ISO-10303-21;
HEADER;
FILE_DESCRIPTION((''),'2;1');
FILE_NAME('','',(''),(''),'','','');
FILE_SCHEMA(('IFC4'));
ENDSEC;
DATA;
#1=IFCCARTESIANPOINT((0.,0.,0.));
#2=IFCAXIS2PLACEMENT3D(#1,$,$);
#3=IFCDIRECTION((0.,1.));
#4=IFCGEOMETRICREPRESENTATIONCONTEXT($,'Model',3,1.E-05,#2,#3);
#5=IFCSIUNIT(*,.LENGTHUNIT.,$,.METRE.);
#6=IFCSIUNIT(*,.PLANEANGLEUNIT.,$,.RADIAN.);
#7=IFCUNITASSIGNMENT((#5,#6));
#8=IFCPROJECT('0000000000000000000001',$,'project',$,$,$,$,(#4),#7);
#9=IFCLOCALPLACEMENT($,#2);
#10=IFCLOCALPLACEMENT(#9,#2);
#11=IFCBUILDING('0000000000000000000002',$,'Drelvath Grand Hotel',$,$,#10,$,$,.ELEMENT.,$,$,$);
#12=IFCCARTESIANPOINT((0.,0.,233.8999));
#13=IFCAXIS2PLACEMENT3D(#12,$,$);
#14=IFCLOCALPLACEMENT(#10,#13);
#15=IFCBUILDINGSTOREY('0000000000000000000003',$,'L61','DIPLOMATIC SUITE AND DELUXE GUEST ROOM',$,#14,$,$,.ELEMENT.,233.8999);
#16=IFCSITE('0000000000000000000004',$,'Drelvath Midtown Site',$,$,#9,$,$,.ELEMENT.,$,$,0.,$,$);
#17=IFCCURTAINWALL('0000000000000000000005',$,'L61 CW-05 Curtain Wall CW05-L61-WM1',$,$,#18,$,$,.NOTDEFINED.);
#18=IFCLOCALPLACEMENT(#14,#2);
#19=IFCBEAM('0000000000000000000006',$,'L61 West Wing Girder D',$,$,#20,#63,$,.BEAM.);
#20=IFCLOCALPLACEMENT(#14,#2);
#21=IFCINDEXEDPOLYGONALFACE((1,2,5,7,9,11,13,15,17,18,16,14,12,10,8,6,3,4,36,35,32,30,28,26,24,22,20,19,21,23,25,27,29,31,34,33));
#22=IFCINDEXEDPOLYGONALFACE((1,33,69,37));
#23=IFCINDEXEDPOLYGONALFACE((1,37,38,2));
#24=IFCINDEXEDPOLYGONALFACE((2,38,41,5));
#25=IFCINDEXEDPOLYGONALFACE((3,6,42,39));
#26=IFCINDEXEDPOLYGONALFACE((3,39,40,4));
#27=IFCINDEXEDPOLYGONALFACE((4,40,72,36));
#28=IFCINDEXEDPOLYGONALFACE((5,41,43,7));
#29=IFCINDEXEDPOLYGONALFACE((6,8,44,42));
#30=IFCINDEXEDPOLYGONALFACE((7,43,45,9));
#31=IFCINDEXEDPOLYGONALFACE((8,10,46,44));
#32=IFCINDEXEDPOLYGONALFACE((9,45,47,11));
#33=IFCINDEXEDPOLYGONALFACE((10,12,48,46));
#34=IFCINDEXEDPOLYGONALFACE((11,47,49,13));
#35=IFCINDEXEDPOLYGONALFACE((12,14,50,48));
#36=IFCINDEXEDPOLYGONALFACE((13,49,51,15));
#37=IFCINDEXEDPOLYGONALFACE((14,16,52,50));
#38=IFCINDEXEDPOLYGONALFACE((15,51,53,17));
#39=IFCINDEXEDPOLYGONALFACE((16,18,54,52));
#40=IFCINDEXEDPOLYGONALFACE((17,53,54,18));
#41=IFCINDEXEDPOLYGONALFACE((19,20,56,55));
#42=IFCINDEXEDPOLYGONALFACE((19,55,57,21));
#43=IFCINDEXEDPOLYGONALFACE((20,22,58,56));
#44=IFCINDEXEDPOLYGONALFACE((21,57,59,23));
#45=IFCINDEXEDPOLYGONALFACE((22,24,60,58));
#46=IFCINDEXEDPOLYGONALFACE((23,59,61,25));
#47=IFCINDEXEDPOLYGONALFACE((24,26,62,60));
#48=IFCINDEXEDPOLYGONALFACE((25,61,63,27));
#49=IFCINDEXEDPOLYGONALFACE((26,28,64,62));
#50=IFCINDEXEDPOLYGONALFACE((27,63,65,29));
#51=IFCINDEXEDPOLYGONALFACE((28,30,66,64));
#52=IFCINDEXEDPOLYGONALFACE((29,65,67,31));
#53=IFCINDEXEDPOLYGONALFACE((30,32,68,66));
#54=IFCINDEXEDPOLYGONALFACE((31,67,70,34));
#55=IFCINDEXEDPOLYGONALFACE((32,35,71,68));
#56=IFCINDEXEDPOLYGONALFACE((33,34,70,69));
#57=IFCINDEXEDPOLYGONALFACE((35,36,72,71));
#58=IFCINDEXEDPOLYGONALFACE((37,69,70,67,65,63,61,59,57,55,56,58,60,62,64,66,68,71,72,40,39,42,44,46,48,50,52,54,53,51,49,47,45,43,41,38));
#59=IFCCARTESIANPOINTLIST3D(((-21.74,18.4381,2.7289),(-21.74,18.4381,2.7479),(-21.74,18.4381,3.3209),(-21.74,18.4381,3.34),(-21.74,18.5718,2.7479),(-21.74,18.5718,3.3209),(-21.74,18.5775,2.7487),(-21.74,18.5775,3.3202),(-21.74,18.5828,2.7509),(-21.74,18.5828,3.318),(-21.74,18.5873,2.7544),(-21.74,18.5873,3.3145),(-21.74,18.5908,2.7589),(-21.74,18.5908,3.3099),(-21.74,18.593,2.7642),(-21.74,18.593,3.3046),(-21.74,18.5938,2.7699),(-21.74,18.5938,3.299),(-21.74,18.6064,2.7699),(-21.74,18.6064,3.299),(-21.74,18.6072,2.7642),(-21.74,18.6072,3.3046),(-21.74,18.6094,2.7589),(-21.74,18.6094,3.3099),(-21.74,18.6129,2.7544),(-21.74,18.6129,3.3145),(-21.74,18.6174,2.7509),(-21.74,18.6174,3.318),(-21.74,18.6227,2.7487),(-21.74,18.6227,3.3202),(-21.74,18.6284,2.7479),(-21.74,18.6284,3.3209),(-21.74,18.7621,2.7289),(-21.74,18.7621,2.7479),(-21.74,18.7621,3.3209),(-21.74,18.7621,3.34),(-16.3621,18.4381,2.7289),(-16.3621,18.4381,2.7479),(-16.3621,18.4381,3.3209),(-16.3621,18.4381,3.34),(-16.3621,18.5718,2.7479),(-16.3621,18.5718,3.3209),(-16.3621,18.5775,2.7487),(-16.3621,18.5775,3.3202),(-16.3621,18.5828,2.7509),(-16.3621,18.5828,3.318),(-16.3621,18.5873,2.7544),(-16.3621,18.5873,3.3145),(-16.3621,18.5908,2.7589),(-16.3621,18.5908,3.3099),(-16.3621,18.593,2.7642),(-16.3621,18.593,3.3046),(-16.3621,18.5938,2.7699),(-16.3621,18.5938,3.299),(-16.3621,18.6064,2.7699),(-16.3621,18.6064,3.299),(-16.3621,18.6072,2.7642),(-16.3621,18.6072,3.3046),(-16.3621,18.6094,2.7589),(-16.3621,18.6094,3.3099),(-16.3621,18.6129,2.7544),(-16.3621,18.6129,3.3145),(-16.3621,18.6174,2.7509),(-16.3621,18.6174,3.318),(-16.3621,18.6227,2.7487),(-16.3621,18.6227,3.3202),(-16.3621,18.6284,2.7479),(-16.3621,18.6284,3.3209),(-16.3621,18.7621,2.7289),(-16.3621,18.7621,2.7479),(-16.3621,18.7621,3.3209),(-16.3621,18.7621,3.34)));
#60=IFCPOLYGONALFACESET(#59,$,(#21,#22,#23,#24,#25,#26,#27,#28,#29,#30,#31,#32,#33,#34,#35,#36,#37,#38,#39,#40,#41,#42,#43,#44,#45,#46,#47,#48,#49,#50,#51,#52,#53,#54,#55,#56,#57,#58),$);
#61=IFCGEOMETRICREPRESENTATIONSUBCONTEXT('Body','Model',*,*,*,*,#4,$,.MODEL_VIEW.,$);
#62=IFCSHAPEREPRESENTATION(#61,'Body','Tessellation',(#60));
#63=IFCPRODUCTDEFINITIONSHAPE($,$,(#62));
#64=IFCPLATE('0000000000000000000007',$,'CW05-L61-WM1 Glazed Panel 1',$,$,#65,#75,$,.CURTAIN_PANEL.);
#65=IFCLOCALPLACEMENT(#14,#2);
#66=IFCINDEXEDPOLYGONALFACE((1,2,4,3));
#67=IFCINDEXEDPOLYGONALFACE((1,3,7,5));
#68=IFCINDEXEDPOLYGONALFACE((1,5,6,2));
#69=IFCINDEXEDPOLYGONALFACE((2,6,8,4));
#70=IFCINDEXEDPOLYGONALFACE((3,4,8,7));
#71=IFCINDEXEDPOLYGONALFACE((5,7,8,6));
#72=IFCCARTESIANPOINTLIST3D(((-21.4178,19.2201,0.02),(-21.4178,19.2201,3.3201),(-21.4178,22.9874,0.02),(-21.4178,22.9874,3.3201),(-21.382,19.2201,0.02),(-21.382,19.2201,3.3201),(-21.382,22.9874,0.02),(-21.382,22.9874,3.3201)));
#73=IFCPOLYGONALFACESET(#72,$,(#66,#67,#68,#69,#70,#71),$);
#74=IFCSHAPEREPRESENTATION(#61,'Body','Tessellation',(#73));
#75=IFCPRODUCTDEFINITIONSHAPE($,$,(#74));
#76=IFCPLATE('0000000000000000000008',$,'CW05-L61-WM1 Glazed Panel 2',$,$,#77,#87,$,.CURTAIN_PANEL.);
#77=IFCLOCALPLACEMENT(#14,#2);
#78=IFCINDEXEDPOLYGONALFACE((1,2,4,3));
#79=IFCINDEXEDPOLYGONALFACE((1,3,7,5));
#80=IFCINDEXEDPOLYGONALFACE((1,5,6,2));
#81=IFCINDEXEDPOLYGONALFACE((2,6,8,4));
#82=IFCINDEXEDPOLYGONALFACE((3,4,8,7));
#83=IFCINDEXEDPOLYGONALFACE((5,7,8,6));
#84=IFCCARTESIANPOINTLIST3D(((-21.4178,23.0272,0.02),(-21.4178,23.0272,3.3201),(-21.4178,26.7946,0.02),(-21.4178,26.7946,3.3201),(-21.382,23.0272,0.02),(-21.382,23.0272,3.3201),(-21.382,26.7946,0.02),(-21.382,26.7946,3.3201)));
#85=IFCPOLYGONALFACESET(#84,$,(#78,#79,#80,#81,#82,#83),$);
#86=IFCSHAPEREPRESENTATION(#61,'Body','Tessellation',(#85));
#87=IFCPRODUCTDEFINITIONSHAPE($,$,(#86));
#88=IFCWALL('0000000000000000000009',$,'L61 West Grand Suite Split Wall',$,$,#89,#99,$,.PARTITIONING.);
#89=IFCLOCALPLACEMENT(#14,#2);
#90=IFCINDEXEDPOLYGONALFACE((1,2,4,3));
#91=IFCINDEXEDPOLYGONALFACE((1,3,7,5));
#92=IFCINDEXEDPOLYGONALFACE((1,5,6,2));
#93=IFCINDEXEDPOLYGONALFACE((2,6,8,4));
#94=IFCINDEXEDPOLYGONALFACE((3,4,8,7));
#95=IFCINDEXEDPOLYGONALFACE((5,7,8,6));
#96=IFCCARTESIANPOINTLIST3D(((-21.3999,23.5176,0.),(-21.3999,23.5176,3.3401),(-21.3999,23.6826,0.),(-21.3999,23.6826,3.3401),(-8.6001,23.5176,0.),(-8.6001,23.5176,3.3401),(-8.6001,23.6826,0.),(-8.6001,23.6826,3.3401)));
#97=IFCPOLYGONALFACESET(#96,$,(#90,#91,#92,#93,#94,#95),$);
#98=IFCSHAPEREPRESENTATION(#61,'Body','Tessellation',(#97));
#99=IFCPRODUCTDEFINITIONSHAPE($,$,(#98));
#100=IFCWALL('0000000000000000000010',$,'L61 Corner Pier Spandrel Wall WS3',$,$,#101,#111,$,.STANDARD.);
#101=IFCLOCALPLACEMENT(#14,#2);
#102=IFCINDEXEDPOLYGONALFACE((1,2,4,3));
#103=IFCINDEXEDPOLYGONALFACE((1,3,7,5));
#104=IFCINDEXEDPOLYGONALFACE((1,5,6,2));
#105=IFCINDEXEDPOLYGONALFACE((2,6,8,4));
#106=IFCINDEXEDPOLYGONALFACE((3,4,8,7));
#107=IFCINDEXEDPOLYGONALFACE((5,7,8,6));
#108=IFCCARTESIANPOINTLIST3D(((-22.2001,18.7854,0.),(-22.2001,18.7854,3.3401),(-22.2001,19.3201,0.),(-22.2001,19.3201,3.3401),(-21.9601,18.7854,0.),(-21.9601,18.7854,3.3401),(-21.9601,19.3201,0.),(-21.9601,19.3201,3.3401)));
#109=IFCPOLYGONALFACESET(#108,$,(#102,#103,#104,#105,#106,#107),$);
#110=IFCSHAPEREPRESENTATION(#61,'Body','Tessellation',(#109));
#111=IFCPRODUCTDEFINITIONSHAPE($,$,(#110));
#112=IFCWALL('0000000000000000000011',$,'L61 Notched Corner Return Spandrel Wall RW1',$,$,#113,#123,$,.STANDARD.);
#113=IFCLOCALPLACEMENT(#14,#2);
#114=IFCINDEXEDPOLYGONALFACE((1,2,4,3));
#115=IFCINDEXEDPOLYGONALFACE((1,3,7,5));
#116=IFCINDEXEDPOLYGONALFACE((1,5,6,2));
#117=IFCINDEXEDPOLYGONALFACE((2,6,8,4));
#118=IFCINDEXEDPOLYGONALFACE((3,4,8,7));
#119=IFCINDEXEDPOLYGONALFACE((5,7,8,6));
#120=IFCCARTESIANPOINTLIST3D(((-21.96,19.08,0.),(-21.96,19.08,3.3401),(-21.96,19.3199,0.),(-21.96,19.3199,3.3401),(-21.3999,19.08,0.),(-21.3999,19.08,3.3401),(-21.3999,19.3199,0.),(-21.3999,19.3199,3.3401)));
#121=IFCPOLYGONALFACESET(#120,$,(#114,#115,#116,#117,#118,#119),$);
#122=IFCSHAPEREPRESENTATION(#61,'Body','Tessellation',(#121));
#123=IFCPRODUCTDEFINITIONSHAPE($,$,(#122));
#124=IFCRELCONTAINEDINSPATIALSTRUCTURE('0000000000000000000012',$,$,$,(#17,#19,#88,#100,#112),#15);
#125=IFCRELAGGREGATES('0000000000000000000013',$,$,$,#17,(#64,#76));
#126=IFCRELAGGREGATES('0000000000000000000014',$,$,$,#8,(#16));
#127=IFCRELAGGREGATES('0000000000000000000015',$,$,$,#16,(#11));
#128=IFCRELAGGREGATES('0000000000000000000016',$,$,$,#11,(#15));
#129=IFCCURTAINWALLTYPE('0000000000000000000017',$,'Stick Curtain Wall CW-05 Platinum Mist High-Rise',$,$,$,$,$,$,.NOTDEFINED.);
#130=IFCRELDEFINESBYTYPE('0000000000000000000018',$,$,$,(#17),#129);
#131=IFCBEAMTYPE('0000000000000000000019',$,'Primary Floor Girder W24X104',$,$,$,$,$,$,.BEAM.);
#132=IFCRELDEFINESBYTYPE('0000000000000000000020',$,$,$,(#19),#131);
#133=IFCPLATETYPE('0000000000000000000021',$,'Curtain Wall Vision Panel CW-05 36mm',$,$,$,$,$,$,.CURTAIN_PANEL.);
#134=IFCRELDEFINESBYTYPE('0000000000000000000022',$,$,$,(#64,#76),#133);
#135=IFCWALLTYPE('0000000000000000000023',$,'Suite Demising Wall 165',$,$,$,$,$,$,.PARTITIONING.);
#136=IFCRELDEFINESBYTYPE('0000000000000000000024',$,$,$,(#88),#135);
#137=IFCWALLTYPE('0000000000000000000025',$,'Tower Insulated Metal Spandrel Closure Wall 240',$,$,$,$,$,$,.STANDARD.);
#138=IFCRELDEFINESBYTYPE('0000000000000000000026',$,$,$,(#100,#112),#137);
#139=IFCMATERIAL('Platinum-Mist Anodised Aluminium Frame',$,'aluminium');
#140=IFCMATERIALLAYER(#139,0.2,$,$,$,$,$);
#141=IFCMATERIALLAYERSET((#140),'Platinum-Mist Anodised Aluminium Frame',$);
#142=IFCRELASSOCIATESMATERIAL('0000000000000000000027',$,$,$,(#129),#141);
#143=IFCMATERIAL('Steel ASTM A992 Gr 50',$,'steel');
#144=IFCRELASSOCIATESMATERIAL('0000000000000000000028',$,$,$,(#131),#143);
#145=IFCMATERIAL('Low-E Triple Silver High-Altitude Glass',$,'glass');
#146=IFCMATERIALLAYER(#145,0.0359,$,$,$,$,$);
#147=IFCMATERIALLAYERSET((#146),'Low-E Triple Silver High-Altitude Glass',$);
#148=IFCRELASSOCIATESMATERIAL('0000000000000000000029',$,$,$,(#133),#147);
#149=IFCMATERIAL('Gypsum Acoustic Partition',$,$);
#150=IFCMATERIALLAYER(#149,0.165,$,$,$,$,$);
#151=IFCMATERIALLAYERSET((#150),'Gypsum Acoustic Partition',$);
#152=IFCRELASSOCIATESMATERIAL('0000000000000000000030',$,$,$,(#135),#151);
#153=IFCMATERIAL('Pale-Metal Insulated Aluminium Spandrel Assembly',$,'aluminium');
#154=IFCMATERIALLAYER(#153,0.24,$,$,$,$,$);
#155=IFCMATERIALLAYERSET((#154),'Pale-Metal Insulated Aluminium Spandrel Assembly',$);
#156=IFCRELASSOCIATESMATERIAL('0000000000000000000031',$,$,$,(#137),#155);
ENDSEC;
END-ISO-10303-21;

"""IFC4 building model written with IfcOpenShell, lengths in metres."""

from ifc_helpers import new_model, si_unit, direction, frame, frame_2d, origin, origin_2d, place, context, subcontext, project, spatial, rectangle, i_section, extrude, material, layer, layer_set, material_profile, profile_set, type_object, element, aggregate, save


model = new_model("IFC4")

# Units and contexts
model_context = context("Model", 3, precision=1e-05, world=origin(), true_north=direction((0.0, 1.0)))
body_context = subcontext(model_context, "Body", "Model", "MODEL_VIEW")
ifc_project = project(units=[si_unit("LENGTHUNIT", "METRE"), si_unit("PLANEANGLEUNIT", "RADIAN")], contexts=[model_context])

# Site, building, storey
site_placement = place(None, origin())
site = spatial("IfcSite", under=ifc_project, at=site_placement, Name="Drelvath Midtown Site", CompositionType="ELEMENT", RefElevation=0.0)
building_placement = place(site_placement, origin())
building = spatial("IfcBuilding", under=site, at=building_placement, Name="Drelvath Grand Hotel", CompositionType="ELEMENT")
storey_placement = place(building_placement, frame((0.0, 0.0, 233.8999)))
storey = spatial("IfcBuildingStorey", under=building, at=storey_placement, Name="L61", Description="DIPLOMATIC SUITE AND DELUXE GUEST ROOM", CompositionType="ELEMENT", Elevation=233.8999)

# Curtain wall
ifc_material_1 = material(Name="Platinum-Mist Anodised Aluminium Frame", Category="aluminium")
ifc_layer_1 = layer(ifc_material_1, 0.2)
ifc_layer_set_1 = layer_set([ifc_layer_1], Name="Platinum-Mist Anodised Aluminium Frame")
curtain_wall_type = type_object("IfcCurtainWallType", Name="Stick Curtain Wall CW-05 Platinum Mist High-Rise", PredefinedType="NOTDEFINED", material=ifc_layer_set_1)
curtain_wall_placement = place(storey_placement, origin())
curtain_wall = element("IfcCurtainWall", 1, at=curtain_wall_placement, inside=storey, type_object=curtain_wall_type, Name="L61 CW-05 Curtain Wall CW05-L61-WM1", PredefinedType="NOTDEFINED")

# Beam
ifc_material_2 = material(Name="Steel ASTM A992 Gr 50", Category="steel")
ifc_material_profile_1 = material_profile(ifc_material_2, i_section(OverallWidth=0.324, OverallDepth=0.6111, WebThickness=0.0127, FlangeThickness=0.019, FilletRadius=0.022, at=origin_2d()), Name="W24X104")
ifc_profile_set_1 = profile_set([ifc_material_profile_1], Name="Steel ASTM A992 Gr 50")
beam_type_1 = type_object("IfcBeamType", Name="Primary Floor Girder W24X104", PredefinedType="BEAM", material=ifc_profile_set_1)
beam_1_placement = place(storey_placement, frame((-21.74, 18.6001, 3.0344), z_axis=(1.0, 0.0, 0.0), x_axis=(0.0, 1.0, 0.0)))
element("IfcBeam", 2, at=beam_1_placement, inside=storey, type_object=beam_type_1, Name="L61 West Wing Girder D", PredefinedType="BEAM", context=body_context, shape_type="SweptSolid", body=[
    extrude(i_section(OverallWidth=0.324, OverallDepth=0.6111, WebThickness=0.0127, FlangeThickness=0.019, FilletRadius=0.022, at=origin_2d()), origin(), (0.0, 0.0, 1.0), 5.3779),
])

# Plates
ifc_material_3 = material(Name="Low-E Triple Silver High-Altitude Glass", Category="glass")
ifc_layer_2 = layer(ifc_material_3, 0.0359)
ifc_layer_set_2 = layer_set([ifc_layer_2], Name="Low-E Triple Silver High-Altitude Glass")
plate_type = type_object("IfcPlateType", Name="Curtain Wall Vision Panel CW-05 36mm", PredefinedType="CURTAIN_PANEL", material=ifc_layer_set_2)
plate_1_placement = place(storey_placement, frame((-21.3999, 21.1038, 0.02), z_axis=(0.0, 0.0, 1.0), x_axis=(0.0, 1.0, 0.0)))
plate_1 = element("IfcPlate", 3, at=plate_1_placement, type_object=plate_type, Name="CW05-L61-WM1 Glazed Panel 1", PredefinedType="CURTAIN_PANEL", context=body_context, shape_type="SweptSolid", body=[
    extrude(rectangle(XDim=3.7673, YDim=0.0359, at=origin_2d()), origin(), (0.0, 0.0, 1.0), 3.3),
])
plate_2_placement = place(storey_placement, frame((-21.3999, 24.9109, 0.02), z_axis=(0.0, 0.0, 1.0), x_axis=(0.0, 1.0, 0.0)))
plate_2 = element("IfcPlate", 4, at=plate_2_placement, type_object=plate_type, Name="CW05-L61-WM1 Glazed Panel 2", PredefinedType="CURTAIN_PANEL", context=body_context, shape_type="SweptSolid", body=[
    extrude(rectangle(XDim=3.7673, YDim=0.0359, at=origin_2d()), origin(), (0.0, 0.0, 1.0), 3.3),
])
aggregate(curtain_wall, [plate_1, plate_2])

# Walls
ifc_material_4 = material(Name="Gypsum Acoustic Partition")
ifc_layer_3 = layer(ifc_material_4, 0.165)
ifc_layer_set_3 = layer_set([ifc_layer_3], Name="Gypsum Acoustic Partition")
wall_type_1 = type_object("IfcWallType", Name="Suite Demising Wall 165", PredefinedType="PARTITIONING", material=ifc_layer_set_3)
wall_1_placement = place(storey_placement, frame((-21.3999, 23.6001, 0.0), z_axis=(0.0, 0.0, 1.0), x_axis=(1.0, 0.0, 0.0)))
element("IfcWall", 5, at=wall_1_placement, inside=storey, type_object=wall_type_1, Name="L61 West Grand Suite Split Wall", PredefinedType="PARTITIONING", context=body_context, shape_type="SweptSolid", body=[
    extrude(rectangle(XDim=12.7998, YDim=0.165, at=frame_2d((6.3999, 0.0))), origin(), (0.0, 0.0, 1.0), 3.3401),
])
ifc_material_5 = material(Name="Pale-Metal Insulated Aluminium Spandrel Assembly", Category="aluminium")
ifc_layer_4 = layer(ifc_material_5, 0.24)
ifc_layer_set_4 = layer_set([ifc_layer_4], Name="Pale-Metal Insulated Aluminium Spandrel Assembly")
wall_type_2 = type_object("IfcWallType", Name="Tower Insulated Metal Spandrel Closure Wall 240", PredefinedType="STANDARD", material=ifc_layer_set_4)
wall_2_placement = place(storey_placement, frame((-22.0801, 18.7854, 0.0), z_axis=(0.0, 0.0, 1.0), x_axis=(0.0, 1.0, 0.0)))
element("IfcWall", 6, at=wall_2_placement, inside=storey, type_object=wall_type_2, Name="L61 Corner Pier Spandrel Wall WS3", PredefinedType="STANDARD", context=body_context, shape_type="SweptSolid", body=[
    extrude(rectangle(XDim=0.5347, YDim=0.24, at=frame_2d((0.2673, 0.0))), origin(), (0.0, 0.0, 1.0), 3.3401),
])
wall_3_placement = place(storey_placement, frame((-21.96, 19.2, 0.0), z_axis=(0.0, 0.0, 1.0), x_axis=(1.0, 0.0, 0.0)))
element("IfcWall", 7, at=wall_3_placement, inside=storey, type_object=wall_type_2, Name="L61 Notched Corner Return Spandrel Wall RW1", PredefinedType="STANDARD", context=body_context, shape_type="SweptSolid", body=[
    extrude(rectangle(XDim=0.5601, YDim=0.24, at=frame_2d((0.28, 0.0))), origin(), (0.0, 0.0, 1.0), 3.3401),
])

save(model, "model.ifc")
